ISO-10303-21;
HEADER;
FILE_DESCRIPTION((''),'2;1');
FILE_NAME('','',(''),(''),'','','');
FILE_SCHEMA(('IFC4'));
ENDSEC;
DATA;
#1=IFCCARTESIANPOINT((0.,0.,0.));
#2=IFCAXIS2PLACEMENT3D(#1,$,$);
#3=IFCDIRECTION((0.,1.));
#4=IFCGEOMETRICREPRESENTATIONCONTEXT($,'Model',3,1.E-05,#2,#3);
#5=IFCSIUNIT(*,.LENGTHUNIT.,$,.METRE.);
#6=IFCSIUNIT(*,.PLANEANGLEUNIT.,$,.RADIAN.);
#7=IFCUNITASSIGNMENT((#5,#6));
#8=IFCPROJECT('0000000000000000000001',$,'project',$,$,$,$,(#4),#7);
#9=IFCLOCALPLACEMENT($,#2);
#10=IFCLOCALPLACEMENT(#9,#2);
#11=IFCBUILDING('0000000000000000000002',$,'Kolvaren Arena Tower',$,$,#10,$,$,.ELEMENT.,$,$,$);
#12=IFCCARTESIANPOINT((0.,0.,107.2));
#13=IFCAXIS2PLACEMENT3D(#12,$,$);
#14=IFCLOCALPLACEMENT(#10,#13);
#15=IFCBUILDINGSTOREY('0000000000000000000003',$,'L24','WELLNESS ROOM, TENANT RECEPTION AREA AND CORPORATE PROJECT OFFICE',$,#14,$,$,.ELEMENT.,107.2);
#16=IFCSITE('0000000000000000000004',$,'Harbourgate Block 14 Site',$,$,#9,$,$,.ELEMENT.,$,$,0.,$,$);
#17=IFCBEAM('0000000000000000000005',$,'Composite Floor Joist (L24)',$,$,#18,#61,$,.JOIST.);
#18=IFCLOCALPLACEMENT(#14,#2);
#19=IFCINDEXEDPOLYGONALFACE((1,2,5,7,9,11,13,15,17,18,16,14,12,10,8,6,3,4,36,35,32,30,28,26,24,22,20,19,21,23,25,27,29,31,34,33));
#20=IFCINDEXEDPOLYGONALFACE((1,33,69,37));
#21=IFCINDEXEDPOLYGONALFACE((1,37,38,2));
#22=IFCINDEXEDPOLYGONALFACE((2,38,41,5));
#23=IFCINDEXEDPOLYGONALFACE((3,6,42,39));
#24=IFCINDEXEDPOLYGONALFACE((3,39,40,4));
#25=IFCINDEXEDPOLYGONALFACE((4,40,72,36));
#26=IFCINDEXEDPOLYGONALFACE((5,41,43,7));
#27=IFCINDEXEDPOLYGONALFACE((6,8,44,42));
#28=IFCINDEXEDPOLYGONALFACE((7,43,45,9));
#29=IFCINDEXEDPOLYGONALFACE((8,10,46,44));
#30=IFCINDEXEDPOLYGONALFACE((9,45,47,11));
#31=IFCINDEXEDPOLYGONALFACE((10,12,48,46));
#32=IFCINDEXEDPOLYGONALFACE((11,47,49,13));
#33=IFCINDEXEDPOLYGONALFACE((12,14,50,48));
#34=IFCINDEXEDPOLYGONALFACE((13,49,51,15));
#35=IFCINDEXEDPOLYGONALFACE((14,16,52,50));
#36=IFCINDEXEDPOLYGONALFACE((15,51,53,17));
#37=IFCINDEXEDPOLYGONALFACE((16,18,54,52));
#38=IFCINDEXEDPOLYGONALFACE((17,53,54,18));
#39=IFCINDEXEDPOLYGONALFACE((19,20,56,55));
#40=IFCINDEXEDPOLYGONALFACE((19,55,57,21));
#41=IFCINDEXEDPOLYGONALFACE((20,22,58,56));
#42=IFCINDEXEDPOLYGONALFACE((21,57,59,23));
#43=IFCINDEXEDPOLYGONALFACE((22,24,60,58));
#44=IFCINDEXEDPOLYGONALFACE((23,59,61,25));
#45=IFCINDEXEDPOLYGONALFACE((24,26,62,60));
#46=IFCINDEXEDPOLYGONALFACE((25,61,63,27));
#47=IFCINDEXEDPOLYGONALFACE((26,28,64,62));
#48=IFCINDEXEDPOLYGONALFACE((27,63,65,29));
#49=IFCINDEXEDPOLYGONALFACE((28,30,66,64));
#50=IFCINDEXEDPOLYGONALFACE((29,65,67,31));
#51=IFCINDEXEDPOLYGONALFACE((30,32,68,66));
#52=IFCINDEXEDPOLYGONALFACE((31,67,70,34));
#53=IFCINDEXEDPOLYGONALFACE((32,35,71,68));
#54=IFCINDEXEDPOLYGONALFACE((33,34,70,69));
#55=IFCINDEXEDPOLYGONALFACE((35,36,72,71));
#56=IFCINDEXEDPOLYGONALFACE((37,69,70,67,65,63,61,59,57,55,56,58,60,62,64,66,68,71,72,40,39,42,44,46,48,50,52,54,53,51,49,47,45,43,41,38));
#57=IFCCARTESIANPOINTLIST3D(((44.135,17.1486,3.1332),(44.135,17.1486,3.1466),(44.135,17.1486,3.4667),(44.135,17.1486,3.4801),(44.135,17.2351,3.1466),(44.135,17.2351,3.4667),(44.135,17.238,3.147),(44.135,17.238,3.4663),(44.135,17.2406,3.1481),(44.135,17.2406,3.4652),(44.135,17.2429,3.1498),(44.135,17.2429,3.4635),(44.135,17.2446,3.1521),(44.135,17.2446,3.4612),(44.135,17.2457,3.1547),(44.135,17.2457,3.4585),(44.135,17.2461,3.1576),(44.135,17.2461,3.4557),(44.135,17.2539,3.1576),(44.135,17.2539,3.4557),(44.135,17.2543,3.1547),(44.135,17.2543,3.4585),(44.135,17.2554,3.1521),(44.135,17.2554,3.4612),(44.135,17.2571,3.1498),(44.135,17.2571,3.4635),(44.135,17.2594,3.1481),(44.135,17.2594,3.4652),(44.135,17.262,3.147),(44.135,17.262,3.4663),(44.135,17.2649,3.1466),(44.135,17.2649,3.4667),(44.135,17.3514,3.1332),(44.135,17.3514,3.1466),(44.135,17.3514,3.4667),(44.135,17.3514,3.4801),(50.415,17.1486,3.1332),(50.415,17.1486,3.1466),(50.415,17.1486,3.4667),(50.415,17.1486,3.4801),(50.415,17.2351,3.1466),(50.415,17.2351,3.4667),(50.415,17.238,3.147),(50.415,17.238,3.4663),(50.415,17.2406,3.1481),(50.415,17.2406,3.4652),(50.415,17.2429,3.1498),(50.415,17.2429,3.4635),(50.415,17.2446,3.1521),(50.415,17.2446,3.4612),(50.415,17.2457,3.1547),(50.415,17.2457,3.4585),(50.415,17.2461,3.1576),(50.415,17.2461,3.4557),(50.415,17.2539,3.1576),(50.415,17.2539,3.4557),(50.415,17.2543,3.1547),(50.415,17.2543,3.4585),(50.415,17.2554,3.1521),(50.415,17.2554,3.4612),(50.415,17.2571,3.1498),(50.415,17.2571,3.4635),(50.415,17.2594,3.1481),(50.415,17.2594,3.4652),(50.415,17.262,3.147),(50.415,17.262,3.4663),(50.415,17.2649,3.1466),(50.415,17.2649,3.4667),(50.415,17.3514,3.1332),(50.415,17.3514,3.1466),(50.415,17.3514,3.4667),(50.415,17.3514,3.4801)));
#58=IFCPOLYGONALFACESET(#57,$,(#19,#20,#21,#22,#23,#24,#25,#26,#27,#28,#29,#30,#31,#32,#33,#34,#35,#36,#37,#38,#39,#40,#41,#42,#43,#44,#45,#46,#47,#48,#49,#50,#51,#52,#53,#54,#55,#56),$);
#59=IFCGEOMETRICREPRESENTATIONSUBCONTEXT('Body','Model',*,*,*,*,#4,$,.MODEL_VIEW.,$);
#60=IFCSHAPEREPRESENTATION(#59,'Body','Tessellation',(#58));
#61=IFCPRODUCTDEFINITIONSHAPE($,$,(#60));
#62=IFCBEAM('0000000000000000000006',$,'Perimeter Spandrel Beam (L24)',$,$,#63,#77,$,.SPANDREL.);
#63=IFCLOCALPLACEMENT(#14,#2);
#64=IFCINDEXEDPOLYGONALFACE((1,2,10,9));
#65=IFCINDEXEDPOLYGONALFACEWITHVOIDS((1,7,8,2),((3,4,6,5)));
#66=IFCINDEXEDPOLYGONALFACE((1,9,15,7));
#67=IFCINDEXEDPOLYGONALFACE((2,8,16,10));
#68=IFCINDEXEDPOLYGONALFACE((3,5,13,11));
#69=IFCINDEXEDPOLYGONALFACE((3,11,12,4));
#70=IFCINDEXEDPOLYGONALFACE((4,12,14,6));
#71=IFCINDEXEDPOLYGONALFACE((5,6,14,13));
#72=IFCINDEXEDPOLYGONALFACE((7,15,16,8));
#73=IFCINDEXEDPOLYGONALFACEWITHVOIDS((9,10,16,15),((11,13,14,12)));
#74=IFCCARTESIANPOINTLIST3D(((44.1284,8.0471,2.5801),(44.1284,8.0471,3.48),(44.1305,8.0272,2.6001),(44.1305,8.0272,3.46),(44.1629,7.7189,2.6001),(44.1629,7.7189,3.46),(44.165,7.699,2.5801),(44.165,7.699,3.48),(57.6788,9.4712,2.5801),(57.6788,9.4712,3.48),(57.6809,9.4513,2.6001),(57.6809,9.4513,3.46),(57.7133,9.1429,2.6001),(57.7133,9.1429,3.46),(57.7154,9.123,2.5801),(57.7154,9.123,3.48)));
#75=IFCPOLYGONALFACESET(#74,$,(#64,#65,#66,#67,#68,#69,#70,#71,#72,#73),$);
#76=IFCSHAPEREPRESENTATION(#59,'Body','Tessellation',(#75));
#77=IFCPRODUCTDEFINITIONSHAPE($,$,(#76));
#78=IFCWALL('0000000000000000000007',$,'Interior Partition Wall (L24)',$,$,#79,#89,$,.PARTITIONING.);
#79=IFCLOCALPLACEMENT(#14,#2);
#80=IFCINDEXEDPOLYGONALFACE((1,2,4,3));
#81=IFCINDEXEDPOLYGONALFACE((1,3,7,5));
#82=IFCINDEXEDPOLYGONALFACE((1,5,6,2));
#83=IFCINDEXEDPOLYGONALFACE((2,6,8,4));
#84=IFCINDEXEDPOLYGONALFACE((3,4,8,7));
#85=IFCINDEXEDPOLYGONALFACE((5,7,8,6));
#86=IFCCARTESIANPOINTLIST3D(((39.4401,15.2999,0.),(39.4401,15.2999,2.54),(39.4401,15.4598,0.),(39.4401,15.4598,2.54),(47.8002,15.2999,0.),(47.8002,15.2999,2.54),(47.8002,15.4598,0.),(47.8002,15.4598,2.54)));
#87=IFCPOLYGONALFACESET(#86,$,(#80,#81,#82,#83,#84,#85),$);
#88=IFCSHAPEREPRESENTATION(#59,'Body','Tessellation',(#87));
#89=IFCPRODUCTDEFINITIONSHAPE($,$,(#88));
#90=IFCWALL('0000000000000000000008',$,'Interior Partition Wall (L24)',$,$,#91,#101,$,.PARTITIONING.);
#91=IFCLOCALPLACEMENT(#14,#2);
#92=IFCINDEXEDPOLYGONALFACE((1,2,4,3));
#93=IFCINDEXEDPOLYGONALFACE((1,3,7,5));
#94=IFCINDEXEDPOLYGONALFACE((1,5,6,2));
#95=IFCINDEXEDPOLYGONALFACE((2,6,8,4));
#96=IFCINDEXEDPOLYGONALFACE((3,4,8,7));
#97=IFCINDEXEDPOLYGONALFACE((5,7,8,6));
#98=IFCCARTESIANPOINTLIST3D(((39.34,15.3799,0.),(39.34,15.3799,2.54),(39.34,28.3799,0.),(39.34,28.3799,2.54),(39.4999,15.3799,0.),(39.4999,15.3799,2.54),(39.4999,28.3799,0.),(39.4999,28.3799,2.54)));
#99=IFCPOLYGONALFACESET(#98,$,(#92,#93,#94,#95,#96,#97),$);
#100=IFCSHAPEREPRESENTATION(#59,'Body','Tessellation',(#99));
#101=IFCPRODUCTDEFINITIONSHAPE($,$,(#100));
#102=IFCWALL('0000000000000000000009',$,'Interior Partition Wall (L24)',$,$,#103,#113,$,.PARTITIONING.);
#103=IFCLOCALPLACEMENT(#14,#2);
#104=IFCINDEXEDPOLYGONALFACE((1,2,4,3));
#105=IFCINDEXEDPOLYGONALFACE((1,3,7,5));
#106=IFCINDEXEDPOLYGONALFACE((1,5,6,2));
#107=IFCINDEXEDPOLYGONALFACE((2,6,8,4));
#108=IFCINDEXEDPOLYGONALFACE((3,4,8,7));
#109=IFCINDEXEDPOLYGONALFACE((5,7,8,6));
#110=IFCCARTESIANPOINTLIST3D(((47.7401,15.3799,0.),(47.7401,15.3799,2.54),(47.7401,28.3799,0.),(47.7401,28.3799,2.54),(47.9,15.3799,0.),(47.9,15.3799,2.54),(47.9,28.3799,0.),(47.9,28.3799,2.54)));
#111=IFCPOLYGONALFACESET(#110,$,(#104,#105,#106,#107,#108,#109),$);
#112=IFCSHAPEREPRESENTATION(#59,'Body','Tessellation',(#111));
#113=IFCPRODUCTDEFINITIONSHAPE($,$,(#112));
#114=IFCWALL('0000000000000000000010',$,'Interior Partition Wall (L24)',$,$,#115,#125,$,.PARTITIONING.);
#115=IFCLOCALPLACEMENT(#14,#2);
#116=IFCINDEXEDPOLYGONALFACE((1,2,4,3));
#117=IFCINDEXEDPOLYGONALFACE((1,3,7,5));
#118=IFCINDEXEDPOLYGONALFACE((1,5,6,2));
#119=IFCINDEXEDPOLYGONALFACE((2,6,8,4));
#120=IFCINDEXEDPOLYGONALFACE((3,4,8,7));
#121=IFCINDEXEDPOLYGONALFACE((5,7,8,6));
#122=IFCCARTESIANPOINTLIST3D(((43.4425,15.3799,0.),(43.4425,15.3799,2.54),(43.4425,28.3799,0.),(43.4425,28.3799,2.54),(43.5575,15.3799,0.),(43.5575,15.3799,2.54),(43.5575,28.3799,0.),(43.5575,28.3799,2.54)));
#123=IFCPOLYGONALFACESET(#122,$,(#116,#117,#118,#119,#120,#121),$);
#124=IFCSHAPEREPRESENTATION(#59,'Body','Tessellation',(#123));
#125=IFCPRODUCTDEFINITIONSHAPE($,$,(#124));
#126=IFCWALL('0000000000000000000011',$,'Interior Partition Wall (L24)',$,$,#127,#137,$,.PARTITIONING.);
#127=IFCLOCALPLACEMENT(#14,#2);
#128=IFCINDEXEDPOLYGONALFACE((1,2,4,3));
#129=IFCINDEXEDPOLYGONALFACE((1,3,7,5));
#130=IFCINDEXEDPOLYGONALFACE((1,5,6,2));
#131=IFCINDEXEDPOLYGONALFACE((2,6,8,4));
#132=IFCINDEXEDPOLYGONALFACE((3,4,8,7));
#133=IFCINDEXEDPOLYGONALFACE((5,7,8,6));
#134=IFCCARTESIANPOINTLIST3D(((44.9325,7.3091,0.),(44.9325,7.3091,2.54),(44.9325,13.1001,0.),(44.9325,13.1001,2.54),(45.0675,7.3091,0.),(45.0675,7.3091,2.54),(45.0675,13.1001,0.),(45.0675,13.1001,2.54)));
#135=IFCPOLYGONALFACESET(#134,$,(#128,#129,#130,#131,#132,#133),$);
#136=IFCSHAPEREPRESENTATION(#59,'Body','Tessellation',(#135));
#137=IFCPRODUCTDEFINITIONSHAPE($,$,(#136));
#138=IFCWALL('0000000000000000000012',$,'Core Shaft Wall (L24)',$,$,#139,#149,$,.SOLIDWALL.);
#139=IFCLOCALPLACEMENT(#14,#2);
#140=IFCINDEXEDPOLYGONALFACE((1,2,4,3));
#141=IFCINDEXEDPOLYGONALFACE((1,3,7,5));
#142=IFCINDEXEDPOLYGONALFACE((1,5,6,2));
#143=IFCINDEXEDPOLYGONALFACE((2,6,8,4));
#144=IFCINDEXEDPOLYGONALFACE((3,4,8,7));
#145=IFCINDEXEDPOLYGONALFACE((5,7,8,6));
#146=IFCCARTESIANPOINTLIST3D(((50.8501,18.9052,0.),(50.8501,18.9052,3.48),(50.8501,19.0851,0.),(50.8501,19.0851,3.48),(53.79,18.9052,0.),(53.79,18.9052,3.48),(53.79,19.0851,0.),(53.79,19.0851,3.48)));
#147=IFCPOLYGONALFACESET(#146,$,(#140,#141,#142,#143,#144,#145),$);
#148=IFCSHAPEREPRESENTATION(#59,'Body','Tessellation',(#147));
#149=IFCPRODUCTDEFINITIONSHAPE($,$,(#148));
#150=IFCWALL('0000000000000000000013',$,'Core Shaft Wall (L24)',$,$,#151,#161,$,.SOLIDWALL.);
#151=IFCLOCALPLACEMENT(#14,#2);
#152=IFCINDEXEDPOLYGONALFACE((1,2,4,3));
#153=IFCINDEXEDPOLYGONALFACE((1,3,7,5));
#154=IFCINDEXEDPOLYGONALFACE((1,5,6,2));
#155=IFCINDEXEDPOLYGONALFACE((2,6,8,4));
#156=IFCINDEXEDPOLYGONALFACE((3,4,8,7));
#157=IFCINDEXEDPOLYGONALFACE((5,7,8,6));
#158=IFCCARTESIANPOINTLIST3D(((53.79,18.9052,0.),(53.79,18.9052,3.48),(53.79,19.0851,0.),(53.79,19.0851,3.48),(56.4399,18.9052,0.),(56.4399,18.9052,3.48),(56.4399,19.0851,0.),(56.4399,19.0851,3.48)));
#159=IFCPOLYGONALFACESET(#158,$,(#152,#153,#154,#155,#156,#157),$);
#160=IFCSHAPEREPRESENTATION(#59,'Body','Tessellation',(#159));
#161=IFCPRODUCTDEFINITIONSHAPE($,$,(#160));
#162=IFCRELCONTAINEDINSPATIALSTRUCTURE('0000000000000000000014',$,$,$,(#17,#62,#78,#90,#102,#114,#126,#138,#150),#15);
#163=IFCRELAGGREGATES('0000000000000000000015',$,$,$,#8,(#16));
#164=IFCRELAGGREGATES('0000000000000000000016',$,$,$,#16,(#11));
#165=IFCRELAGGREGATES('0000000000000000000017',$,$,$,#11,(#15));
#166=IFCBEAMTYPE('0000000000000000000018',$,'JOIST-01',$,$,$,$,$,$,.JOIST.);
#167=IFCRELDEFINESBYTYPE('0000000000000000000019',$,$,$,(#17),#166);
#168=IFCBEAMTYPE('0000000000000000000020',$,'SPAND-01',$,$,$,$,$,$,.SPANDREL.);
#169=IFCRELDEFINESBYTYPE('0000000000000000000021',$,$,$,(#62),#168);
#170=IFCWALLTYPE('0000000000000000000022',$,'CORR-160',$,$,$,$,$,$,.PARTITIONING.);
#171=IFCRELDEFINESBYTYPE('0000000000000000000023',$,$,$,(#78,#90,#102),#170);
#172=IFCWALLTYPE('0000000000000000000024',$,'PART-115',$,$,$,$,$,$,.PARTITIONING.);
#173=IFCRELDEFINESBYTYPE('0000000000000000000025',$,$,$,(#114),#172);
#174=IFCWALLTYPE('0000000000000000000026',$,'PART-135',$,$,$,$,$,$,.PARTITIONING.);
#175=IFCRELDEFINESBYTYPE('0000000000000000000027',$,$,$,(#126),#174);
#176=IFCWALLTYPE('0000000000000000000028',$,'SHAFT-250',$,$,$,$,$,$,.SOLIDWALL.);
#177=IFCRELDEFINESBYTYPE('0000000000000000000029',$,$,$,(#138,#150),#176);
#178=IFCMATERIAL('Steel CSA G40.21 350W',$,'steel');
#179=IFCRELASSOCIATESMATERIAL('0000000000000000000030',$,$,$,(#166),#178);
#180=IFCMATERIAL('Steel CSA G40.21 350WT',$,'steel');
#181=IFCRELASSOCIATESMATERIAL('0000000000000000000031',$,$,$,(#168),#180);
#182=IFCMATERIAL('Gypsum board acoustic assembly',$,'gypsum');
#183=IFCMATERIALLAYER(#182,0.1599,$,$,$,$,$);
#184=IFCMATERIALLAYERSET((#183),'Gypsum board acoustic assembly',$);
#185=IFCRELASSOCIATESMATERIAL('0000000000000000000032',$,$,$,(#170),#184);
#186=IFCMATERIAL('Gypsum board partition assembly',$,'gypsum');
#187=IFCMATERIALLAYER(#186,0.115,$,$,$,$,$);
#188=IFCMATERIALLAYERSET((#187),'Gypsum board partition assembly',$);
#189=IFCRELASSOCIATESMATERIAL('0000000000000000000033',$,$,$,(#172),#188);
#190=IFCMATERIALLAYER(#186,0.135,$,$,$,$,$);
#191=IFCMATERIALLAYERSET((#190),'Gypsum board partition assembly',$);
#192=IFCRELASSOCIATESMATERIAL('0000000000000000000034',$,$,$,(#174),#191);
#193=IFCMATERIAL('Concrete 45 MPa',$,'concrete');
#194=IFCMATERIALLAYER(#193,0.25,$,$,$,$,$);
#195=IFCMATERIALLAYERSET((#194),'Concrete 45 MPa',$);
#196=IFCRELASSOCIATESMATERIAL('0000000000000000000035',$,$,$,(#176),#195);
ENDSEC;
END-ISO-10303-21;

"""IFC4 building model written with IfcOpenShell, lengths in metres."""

from ifc_helpers import new_model, si_unit, direction, frame, frame_2d, origin, origin_2d, place, context, subcontext, project, spatial, rectangle, hollow_rectangle, i_section, extrude, material, layer, layer_set, material_profile, profile_set, type_object, element, save


model = new_model("IFC4")

# Units and contexts
model_context = context("Model", 3, precision=1e-05, world=origin(), true_north=direction((0.0, 1.0)))
body_context = subcontext(model_context, "Body", "Model", "MODEL_VIEW")
ifc_project = project(units=[si_unit("LENGTHUNIT", "METRE"), si_unit("PLANEANGLEUNIT", "RADIAN")], contexts=[model_context])

# Site, building, storey
site_placement = place(None, origin())
site = spatial("IfcSite", under=ifc_project, at=site_placement, Name="Harbourgate Block 14 Site", CompositionType="ELEMENT", RefElevation=0.0)
building_placement = place(site_placement, origin())
building = spatial("IfcBuilding", under=site, at=building_placement, Name="Kolvaren Arena Tower", CompositionType="ELEMENT")
storey_placement = place(building_placement, frame((0.0, 0.0, 107.2)))
storey = spatial("IfcBuildingStorey", under=building, at=storey_placement, Name="L24", Description="WELLNESS ROOM, TENANT RECEPTION AREA AND CORPORATE PROJECT OFFICE", CompositionType="ELEMENT", Elevation=107.2)

# Beams
ifc_material_1 = material(Name="Steel CSA G40.21 350W", Category="steel")
ifc_material_profile_1 = material_profile(ifc_material_1, i_section(OverallWidth=0.2029, OverallDepth=0.3469, WebThickness=0.0078, FlangeThickness=0.0134, FilletRadius=0.011, at=origin_2d()), Name="W360x64")
ifc_profile_set_1 = profile_set([ifc_material_profile_1], Name="Steel CSA G40.21 350W")
beam_type_1 = type_object("IfcBeamType", Name="JOIST-01", PredefinedType="JOIST", material=ifc_profile_set_1)
beam_1_placement = place(storey_placement, frame((44.135, 17.25, 3.3066), z_axis=(1.0, 0.0, 0.0), x_axis=(0.0, 1.0, 0.0)))
element("IfcBeam", 1, at=beam_1_placement, inside=storey, type_object=beam_type_1, Name="Composite Floor Joist (L24)", PredefinedType="JOIST", context=body_context, shape_type="SweptSolid", body=[
    extrude(i_section(OverallWidth=0.2029, OverallDepth=0.3469, WebThickness=0.0078, FlangeThickness=0.0134, FilletRadius=0.011, at=origin_2d()), origin(), (0.0, 0.0, 1.0), 6.28),
])
ifc_material_2 = material(Name="Steel CSA G40.21 350WT", Category="steel")
ifc_material_profile_2 = material_profile(ifc_material_2, hollow_rectangle(XDim=0.3501, YDim=0.8999, WallThickness=0.02, at=origin_2d()), Name="HSS 900x350x20")
ifc_profile_set_2 = profile_set([ifc_material_profile_2], Name="Steel CSA G40.21 350WT")
beam_type_2 = type_object("IfcBeamType", Name="SPAND-01", PredefinedType="SPANDREL", material=ifc_profile_set_2)
beam_2_placement = place(storey_placement, frame((44.1467, 7.873, 3.03), z_axis=(0.994523, 0.10452, 0.0), x_axis=(-0.10452, 0.994523, 0.0)))
element("IfcBeam", 2, at=beam_2_placement, inside=storey, type_object=beam_type_2, Name="Perimeter Spandrel Beam (L24)", PredefinedType="SPANDREL", context=body_context, shape_type="SweptSolid", body=[
    extrude(hollow_rectangle(XDim=0.3501, YDim=0.8999, WallThickness=0.02, at=origin_2d()), origin(), (0.0, 0.0, 1.0), 13.625),
])

# Walls
ifc_material_3 = material(Name="Gypsum board acoustic assembly", Category="gypsum")
ifc_layer_1 = layer(ifc_material_3, 0.1599)
ifc_layer_set_1 = layer_set([ifc_layer_1], Name="Gypsum board acoustic assembly")
wall_type_1 = type_object("IfcWallType", Name="CORR-160", PredefinedType="PARTITIONING", material=ifc_layer_set_1)
wall_1_placement = place(storey_placement, frame((39.4399, 15.3799, 0.0), z_axis=(0.0, 0.0, 1.0), x_axis=(1.0, 0.0, 0.0)))
element("IfcWall", 3, at=wall_1_placement, inside=storey, type_object=wall_type_1, Name="Interior Partition Wall (L24)", PredefinedType="PARTITIONING", context=body_context, shape_type="SweptSolid", body=[
    extrude(rectangle(XDim=8.3601, YDim=0.1599, at=frame_2d((4.1802, 0.0))), origin(), (0.0, 0.0, 1.0), 2.54),
])
for number, where, z_axis, x_axis, name in (
    (4, (39.4199, 15.3799, 0.0), (0.0, 0.0, 1.0), (0.0, 1.0, 0.0), "Interior Partition Wall (L24)"),
    (5, (47.8201, 15.3799, 0.0), (0.0, 0.0, 1.0), (0.0, 1.0, 0.0), "Interior Partition Wall (L24)"),
):
    element("IfcWall", number, at=place(storey_placement, frame(where, z_axis=z_axis, x_axis=x_axis)), inside=storey, type_object=wall_type_1, Name=name, PredefinedType="PARTITIONING", context=body_context, shape_type="SweptSolid", body=[
        extrude(rectangle(XDim=13.0, YDim=0.1599, at=frame_2d((6.5, 0.0))), origin(), (0.0, 0.0, 1.0), 2.54),
    ])
ifc_material_4 = material(Name="Gypsum board partition assembly", Category="gypsum")
ifc_layer_2 = layer(ifc_material_4, 0.115)
ifc_layer_set_2 = layer_set([ifc_layer_2], Name="Gypsum board partition assembly")
wall_type_2 = type_object("IfcWallType", Name="PART-115", PredefinedType="PARTITIONING", material=ifc_layer_set_2)
wall_2_placement = place(storey_placement, frame((43.5, 15.3799, 0.0), z_axis=(0.0, 0.0, 1.0), x_axis=(0.0, 1.0, 0.0)))
element("IfcWall", 6, at=wall_2_placement, inside=storey, type_object=wall_type_2, Name="Interior Partition Wall (L24)", PredefinedType="PARTITIONING", context=body_context, shape_type="SweptSolid", body=[
    extrude(rectangle(XDim=13.0, YDim=0.115, at=frame_2d((6.5, 0.0))), origin(), (0.0, 0.0, 1.0), 2.54),
])
ifc_layer_3 = layer(ifc_material_4, 0.135)
ifc_layer_set_3 = layer_set([ifc_layer_3], Name="Gypsum board partition assembly")
wall_type_3 = type_object("IfcWallType", Name="PART-135", PredefinedType="PARTITIONING", material=ifc_layer_set_3)
wall_3_placement = place(storey_placement, frame((45.0, 7.3091, 0.0), z_axis=(0.0, 0.0, 1.0), x_axis=(0.0, 1.0, 0.0)))
element("IfcWall", 7, at=wall_3_placement, inside=storey, type_object=wall_type_3, Name="Interior Partition Wall (L24)", PredefinedType="PARTITIONING", context=body_context, shape_type="SweptSolid", body=[
    extrude(rectangle(XDim=5.791, YDim=0.135, at=frame_2d((2.8955, 0.0))), origin(), (0.0, 0.0, 1.0), 2.54),
])
ifc_material_5 = material(Name="Concrete 45 MPa", Category="concrete")
ifc_layer_4 = layer(ifc_material_5, 0.25)
ifc_layer_set_4 = layer_set([ifc_layer_4], Name="Concrete 45 MPa")
wall_type_4 = type_object("IfcWallType", Name="SHAFT-250", PredefinedType="SOLIDWALL", material=ifc_layer_set_4)
wall_4_placement = place(storey_placement, frame((50.8501, 18.9951, 0.0), z_axis=(0.0, 0.0, 1.0), x_axis=(1.0, 0.0, 0.0)))
element("IfcWall", 8, at=wall_4_placement, inside=storey, type_object=wall_type_4, Name="Core Shaft Wall (L24)", PredefinedType="SOLIDWALL", context=body_context, shape_type="SweptSolid", body=[
    extrude(rectangle(XDim=2.9399, YDim=0.1799, at=frame_2d((1.47, 0.0))), origin(), (0.0, 0.0, 1.0), 3.48),
])
wall_5_placement = place(storey_placement, frame((53.79, 18.9951, 0.0), z_axis=(0.0, 0.0, 1.0), x_axis=(1.0, 0.0, 0.0)))
element("IfcWall", 9, at=wall_5_placement, inside=storey, type_object=wall_type_4, Name="Core Shaft Wall (L24)", PredefinedType="SOLIDWALL", context=body_context, shape_type="SweptSolid", body=[
    extrude(rectangle(XDim=2.6499, YDim=0.1799, at=frame_2d((1.325, 0.0))), origin(), (0.0, 0.0, 1.0), 3.48),
])

save(model, "model.ifc")
